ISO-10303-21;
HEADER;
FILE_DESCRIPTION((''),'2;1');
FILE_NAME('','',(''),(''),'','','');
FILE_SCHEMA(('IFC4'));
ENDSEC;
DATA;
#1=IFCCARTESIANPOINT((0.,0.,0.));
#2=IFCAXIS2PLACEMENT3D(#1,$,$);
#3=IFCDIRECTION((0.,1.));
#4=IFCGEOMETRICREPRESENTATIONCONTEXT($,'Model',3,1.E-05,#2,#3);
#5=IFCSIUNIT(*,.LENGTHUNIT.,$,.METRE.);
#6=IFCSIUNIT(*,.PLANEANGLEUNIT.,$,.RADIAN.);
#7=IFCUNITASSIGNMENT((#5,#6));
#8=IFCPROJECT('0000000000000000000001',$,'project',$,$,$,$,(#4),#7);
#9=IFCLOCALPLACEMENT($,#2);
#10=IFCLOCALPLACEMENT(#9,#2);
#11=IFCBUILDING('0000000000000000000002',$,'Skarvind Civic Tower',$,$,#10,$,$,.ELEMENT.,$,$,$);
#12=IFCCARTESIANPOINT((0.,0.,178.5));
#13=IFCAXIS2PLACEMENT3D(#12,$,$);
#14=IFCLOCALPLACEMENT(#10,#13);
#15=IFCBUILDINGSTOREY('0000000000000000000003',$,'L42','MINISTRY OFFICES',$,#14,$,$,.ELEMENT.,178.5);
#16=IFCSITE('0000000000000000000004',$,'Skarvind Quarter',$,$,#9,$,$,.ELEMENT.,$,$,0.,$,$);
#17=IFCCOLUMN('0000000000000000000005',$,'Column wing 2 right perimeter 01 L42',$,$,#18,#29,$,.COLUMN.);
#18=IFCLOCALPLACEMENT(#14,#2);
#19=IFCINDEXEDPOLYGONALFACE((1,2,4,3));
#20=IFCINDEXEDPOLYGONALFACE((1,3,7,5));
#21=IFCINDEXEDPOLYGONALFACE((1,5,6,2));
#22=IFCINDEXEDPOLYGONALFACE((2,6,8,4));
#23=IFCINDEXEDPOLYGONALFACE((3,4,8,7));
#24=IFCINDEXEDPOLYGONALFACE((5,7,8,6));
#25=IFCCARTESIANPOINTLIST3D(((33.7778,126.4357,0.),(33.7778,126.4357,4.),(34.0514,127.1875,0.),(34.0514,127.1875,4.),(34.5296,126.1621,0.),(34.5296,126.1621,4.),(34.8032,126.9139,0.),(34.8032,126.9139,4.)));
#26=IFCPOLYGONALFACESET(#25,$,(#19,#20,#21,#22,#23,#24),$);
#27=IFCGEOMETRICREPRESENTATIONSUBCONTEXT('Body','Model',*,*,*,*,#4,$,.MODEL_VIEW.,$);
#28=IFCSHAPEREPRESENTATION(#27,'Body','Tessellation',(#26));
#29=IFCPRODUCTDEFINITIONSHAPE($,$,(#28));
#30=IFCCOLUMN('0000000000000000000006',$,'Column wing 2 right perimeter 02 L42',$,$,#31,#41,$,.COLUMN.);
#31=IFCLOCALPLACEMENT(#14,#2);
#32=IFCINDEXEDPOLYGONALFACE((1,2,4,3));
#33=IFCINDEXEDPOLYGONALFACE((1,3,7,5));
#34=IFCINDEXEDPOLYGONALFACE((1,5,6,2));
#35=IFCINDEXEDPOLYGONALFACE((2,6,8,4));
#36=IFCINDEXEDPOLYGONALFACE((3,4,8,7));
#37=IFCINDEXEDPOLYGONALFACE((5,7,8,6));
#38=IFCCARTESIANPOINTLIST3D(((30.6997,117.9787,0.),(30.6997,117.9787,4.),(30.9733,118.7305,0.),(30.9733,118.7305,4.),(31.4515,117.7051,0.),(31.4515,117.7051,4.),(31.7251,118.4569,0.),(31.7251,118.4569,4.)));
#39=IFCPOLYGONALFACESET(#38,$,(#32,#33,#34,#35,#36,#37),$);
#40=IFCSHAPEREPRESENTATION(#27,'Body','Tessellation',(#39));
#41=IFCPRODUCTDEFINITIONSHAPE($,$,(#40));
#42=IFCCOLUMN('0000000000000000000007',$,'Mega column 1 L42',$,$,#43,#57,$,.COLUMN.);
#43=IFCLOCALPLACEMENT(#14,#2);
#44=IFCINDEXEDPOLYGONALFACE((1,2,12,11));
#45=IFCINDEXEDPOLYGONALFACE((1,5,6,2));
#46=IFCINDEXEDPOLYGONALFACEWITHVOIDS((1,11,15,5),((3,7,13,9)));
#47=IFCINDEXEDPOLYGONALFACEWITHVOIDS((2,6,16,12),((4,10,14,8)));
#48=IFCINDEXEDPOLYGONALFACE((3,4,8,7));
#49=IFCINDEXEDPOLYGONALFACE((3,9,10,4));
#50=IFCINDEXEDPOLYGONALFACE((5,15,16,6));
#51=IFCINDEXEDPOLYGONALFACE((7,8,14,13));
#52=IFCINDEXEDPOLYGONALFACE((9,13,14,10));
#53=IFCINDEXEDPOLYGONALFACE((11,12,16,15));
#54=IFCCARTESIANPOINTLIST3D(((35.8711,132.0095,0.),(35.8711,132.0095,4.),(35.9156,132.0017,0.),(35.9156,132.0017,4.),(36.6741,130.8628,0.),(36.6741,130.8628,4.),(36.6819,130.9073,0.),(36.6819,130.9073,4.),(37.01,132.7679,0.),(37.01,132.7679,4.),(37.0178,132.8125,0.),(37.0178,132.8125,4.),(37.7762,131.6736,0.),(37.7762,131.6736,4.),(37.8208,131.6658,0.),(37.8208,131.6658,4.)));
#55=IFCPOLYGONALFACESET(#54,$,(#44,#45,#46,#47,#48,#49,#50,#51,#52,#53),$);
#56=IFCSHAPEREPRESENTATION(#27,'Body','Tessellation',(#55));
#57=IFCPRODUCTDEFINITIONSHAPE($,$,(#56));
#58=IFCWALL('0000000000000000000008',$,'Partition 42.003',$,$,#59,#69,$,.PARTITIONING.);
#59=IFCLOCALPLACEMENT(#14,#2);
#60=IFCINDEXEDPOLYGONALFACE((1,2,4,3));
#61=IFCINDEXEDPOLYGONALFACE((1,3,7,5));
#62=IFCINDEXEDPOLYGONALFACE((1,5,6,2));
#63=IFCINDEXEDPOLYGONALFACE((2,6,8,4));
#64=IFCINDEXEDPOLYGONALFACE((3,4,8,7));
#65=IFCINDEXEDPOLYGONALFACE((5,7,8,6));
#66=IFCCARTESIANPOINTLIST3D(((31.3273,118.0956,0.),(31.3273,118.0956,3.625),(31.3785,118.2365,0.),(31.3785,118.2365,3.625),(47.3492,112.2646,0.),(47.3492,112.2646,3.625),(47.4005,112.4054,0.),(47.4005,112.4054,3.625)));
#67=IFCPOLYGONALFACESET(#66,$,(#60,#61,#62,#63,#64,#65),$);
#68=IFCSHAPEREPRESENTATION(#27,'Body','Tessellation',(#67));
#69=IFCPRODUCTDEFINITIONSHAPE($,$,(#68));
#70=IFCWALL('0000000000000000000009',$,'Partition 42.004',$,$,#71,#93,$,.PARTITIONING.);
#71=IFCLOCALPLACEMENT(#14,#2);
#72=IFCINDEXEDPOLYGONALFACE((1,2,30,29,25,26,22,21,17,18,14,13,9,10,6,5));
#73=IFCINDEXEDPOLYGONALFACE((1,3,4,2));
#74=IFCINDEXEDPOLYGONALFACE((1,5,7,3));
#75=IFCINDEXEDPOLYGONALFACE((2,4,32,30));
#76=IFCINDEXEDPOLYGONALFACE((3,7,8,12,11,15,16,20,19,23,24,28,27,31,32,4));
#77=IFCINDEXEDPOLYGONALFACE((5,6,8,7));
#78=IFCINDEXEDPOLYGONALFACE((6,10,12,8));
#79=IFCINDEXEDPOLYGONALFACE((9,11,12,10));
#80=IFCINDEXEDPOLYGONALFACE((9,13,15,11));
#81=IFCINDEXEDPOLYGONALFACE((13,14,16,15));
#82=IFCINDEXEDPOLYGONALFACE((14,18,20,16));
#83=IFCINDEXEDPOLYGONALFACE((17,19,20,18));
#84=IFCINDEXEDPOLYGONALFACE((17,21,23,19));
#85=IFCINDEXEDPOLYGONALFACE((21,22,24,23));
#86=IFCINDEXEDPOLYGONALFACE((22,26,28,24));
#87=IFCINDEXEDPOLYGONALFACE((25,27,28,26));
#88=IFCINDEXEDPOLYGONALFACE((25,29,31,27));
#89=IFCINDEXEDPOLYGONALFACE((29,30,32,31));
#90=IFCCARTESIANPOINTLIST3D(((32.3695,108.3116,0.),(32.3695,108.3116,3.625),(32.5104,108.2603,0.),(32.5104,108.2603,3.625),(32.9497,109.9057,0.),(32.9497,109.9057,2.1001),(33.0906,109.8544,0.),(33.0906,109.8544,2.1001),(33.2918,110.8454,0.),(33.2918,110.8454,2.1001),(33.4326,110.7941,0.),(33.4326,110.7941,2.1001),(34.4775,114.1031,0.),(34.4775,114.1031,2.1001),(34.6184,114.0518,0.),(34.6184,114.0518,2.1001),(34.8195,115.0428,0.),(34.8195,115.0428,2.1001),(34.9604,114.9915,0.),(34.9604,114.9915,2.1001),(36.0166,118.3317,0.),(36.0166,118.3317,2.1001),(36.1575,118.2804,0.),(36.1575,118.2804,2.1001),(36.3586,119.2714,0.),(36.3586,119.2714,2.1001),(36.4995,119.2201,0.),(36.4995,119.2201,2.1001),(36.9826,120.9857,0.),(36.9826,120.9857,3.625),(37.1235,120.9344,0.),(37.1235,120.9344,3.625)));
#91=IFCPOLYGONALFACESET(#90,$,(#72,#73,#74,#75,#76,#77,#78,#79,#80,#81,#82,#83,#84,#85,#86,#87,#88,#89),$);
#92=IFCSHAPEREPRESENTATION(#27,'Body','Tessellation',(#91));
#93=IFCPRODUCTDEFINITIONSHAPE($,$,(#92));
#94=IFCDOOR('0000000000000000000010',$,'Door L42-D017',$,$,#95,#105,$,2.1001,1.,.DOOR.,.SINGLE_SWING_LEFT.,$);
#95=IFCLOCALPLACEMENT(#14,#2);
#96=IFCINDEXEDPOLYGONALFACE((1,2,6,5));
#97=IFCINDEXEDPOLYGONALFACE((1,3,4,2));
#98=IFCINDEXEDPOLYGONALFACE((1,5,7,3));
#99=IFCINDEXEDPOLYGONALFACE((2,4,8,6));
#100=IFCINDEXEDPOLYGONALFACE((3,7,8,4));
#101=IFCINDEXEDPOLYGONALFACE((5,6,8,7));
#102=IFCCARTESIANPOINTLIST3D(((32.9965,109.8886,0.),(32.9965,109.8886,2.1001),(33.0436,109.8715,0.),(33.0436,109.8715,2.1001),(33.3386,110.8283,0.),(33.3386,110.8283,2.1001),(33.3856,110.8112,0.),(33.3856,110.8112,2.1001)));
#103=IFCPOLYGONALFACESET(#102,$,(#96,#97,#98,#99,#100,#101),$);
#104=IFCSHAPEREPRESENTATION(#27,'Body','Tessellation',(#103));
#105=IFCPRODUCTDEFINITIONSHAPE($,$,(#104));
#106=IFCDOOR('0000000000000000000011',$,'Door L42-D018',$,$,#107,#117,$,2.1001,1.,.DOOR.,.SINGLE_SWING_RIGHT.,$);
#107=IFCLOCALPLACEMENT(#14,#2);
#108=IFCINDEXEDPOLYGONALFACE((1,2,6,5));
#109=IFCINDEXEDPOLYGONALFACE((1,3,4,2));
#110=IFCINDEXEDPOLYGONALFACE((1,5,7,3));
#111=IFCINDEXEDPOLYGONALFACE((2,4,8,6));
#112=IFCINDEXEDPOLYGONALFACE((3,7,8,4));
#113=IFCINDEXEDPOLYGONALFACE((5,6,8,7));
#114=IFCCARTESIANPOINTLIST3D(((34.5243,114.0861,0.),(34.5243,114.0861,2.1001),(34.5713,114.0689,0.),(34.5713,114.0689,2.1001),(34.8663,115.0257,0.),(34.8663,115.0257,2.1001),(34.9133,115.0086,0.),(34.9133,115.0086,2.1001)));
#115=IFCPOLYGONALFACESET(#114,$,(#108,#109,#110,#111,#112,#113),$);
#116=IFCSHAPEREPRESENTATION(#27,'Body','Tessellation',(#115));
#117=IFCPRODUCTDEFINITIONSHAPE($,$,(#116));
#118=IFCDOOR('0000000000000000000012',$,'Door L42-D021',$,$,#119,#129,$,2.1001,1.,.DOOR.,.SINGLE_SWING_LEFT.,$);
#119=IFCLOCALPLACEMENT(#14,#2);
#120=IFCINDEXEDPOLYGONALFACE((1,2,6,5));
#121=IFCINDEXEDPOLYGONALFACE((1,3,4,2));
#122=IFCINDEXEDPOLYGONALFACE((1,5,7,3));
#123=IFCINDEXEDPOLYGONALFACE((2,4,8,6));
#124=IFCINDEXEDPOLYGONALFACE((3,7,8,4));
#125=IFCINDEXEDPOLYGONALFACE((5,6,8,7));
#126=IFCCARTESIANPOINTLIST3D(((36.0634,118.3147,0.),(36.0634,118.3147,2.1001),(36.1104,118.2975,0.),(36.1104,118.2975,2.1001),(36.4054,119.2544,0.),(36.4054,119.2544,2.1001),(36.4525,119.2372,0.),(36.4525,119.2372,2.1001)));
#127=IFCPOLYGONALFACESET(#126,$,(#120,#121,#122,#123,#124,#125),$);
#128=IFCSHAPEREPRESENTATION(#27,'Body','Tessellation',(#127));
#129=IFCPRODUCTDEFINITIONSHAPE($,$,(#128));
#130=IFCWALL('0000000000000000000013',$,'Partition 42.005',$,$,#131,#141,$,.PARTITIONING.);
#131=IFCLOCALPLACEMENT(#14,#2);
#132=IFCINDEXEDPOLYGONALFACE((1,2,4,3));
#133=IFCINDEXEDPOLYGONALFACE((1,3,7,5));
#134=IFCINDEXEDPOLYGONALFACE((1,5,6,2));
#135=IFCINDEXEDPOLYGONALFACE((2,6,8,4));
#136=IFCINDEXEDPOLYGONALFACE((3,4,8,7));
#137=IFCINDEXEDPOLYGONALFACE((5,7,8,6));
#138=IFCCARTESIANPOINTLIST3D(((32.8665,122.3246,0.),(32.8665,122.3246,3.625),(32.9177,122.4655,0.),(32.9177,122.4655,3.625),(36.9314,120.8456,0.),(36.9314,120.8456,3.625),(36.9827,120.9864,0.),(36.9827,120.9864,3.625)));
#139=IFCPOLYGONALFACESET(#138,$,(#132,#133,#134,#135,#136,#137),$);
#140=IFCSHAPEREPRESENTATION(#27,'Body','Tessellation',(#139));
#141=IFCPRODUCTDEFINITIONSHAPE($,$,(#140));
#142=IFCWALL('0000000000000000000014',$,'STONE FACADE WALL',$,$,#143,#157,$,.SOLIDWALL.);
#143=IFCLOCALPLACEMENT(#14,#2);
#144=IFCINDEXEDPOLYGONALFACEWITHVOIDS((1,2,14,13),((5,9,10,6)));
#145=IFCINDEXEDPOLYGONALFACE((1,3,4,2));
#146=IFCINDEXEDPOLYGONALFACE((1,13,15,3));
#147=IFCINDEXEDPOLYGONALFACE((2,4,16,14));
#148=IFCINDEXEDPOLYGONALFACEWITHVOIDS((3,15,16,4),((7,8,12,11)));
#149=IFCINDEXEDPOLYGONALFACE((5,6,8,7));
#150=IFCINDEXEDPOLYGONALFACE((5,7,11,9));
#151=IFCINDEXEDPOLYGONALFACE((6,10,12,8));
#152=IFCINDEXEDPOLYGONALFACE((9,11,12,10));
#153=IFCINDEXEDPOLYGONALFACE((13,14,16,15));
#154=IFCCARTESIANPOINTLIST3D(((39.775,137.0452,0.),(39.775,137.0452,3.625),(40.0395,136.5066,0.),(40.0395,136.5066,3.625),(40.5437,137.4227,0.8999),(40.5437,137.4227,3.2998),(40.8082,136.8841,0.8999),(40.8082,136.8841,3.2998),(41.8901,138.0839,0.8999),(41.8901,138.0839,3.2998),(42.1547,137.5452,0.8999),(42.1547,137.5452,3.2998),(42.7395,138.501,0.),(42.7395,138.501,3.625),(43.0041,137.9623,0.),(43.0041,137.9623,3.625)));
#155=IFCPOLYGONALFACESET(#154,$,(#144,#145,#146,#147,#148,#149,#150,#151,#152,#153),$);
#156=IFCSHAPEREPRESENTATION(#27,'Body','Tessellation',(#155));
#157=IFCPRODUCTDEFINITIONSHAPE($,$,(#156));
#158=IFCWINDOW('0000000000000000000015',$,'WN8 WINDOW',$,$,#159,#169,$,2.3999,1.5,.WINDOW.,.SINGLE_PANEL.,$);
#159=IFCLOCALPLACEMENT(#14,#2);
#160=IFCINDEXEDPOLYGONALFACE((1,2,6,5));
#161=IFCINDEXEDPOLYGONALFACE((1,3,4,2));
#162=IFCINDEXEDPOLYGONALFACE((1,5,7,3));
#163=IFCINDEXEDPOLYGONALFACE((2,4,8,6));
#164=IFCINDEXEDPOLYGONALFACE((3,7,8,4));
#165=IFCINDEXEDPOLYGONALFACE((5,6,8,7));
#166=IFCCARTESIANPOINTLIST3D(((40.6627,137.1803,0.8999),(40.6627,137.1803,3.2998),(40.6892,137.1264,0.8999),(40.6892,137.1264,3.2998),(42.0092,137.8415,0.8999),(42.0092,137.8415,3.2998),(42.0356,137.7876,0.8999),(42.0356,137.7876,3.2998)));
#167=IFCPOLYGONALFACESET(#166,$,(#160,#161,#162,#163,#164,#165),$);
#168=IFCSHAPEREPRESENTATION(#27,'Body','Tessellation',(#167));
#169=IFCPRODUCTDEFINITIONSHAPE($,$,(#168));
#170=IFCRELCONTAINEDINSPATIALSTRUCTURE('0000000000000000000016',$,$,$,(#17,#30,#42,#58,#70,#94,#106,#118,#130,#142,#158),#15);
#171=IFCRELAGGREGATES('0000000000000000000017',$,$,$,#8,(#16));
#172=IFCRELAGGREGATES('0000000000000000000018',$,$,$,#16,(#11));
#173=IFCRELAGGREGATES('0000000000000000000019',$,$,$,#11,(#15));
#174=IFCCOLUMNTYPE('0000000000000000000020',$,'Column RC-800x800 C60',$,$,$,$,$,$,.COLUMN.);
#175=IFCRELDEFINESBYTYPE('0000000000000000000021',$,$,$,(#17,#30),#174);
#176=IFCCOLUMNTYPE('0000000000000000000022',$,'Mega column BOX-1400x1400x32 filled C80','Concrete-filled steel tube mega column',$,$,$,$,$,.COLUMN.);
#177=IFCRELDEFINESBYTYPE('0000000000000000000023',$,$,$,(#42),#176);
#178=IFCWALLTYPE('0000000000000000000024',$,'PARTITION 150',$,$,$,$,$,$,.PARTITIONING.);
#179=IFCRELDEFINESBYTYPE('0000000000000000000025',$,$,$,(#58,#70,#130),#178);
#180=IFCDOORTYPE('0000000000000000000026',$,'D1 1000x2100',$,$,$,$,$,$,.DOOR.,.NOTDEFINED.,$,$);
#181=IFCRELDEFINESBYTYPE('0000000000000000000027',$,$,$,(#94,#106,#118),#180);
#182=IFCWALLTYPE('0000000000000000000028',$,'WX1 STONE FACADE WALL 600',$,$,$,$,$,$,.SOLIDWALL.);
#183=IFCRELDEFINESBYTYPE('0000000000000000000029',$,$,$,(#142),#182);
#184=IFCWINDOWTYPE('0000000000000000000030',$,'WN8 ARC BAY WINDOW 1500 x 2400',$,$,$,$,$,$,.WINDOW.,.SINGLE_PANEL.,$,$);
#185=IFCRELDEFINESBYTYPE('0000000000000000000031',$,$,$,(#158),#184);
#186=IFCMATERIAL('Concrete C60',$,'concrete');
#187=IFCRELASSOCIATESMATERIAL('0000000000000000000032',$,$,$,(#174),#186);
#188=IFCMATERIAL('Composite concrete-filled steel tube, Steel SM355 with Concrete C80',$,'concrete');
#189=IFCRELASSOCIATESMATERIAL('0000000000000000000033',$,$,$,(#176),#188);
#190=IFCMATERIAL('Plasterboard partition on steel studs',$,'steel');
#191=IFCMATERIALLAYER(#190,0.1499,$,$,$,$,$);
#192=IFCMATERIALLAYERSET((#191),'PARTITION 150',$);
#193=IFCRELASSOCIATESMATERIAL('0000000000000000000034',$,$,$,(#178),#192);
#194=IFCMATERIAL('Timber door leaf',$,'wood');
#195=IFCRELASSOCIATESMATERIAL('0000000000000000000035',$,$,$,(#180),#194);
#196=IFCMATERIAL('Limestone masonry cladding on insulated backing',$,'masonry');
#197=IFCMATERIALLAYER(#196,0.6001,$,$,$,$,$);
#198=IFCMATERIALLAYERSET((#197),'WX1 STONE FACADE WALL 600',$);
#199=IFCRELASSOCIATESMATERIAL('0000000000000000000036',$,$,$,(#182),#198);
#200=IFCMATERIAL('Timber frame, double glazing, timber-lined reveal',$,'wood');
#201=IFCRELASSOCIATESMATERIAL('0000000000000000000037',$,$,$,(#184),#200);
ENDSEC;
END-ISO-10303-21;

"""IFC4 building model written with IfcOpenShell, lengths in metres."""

from ifc_helpers import new_model, si_unit, direction, frame, frame_2d, origin, origin_2d, place, context, subcontext, project, spatial, rectangle, hollow_rectangle, extrude, material, layer, layer_set, material_profile, profile_set, type_object, element, fill, save


model = new_model("IFC4")

# Units and contexts
model_context = context("Model", 3, precision=1e-05, world=origin(), true_north=direction((0.0, 1.0)))
body_context = subcontext(model_context, "Body", "Model", "MODEL_VIEW")
ifc_project = project(units=[si_unit("LENGTHUNIT", "METRE"), si_unit("PLANEANGLEUNIT", "RADIAN")], contexts=[model_context])

# Site, building, storey
site_placement = place(None, origin())
site = spatial("IfcSite", under=ifc_project, at=site_placement, Name="Skarvind Quarter", CompositionType="ELEMENT", RefElevation=0.0)
building_placement = place(site_placement, origin())
building = spatial("IfcBuilding", under=site, at=building_placement, Name="Skarvind Civic Tower", CompositionType="ELEMENT")
storey_placement = place(building_placement, frame((0.0, 0.0, 178.5)))
storey = spatial("IfcBuildingStorey", under=building, at=storey_placement, Name="L42", Description="MINISTRY OFFICES", CompositionType="ELEMENT", Elevation=178.5)

# Columns
ifc_material_1 = material(Name="Concrete C60", Category="concrete")
ifc_material_profile_1 = material_profile(ifc_material_1, rectangle(XDim=0.8, YDim=0.8, at=origin_2d()), Name="RC-800x800")
ifc_profile_set_1 = profile_set([ifc_material_profile_1], Name="Concrete C60")
column_type_1 = type_object("IfcColumnType", Name="Column RC-800x800 C60", PredefinedType="COLUMN", material=ifc_profile_set_1)
for number, where, z_axis, x_axis, name in (
    (1, (34.2905, 126.6748, 0.0), (0.0, 0.0, 1.0), (-0.34202, -0.939693, 0.0), "Column wing 2 right perimeter 01 L42"),
    (2, (31.2124, 118.2178, 0.0), (0.0, 0.0, 1.0), (-0.34202, -0.939693, 0.0), "Column wing 2 right perimeter 02 L42"),
):
    element("IfcColumn", number, at=place(storey_placement, frame(where, z_axis=z_axis, x_axis=x_axis)), inside=storey, type_object=column_type_1, Name=name, PredefinedType="COLUMN", context=body_context, shape_type="SweptSolid", body=[
        extrude(rectangle(XDim=0.8, YDim=0.8, at=origin_2d()), origin(), (0.0, 0.0, 1.0), 4.0),
    ])
ifc_material_2 = material(Name="Composite concrete-filled steel tube, Steel SM355 with Concrete C80", Category="concrete")
ifc_material_profile_2 = material_profile(ifc_material_2, hollow_rectangle(XDim=1.3999, YDim=1.3999, WallThickness=0.032, at=origin_2d()), Name="BOX-1400x1400x32")
ifc_profile_set_2 = profile_set([ifc_material_profile_2], Name="Composite concrete-filled steel tube, Steel SM355 with Concrete C80")
column_type_2 = type_object("IfcColumnType", Name="Mega column BOX-1400x1400x32 filled C80", Description="Concrete-filled steel tube mega column", PredefinedType="COLUMN", material=ifc_profile_set_2)
column_placement = place(storey_placement, frame((36.8459, 131.8376, 0.0), z_axis=(0.0, 0.0, 1.0), x_axis=(0.573576, -0.819152, 0.0)))
element("IfcColumn", 3, at=column_placement, inside=storey, type_object=column_type_2, Name="Mega column 1 L42", PredefinedType="COLUMN", context=body_context, shape_type="SweptSolid", body=[
    extrude(hollow_rectangle(XDim=1.3999, YDim=1.3999, WallThickness=0.032, at=origin_2d()), origin(), (0.0, 0.0, 1.0), 4.0),
])

# Wall
ifc_material_3 = material(Name="Plasterboard partition on steel studs", Category="steel")
ifc_layer_1 = layer(ifc_material_3, 0.1499)
ifc_layer_set_1 = layer_set([ifc_layer_1], Name="PARTITION 150")
wall_type_1 = type_object("IfcWallType", Name="PARTITION 150", PredefinedType="PARTITIONING", material=ifc_layer_set_1)
wall_1_placement = place(storey_placement, frame((31.353, 118.166, 0.0), z_axis=(0.0, 0.0, 1.0), x_axis=(0.939701, -0.341996, 0.0)))
element("IfcWall", 4, at=wall_1_placement, inside=storey, type_object=wall_type_1, Name="Partition 42.003", PredefinedType="PARTITIONING", context=body_context, shape_type="SweptSolid", body=[
    extrude(rectangle(XDim=17.05, YDim=0.1499, at=frame_2d((8.5249, 0.0))), origin(), (0.0, 0.0, 1.0), 3.625),
])

# Wall, openings, doors
wall_2_placement = place(storey_placement, frame((37.053, 120.96, 0.0), z_axis=(0.0, 0.0, 1.0), x_axis=(-0.342024, -0.939691, 0.0)))
wall_2 = element("IfcWall", 5, at=wall_2_placement, inside=storey, type_object=wall_type_1, Name="Partition 42.004", PredefinedType="PARTITIONING", context=body_context, shape_type="SweptSolid", body=[
    extrude(rectangle(XDim=13.4875, YDim=0.1499, at=frame_2d((6.7437, 0.0))), origin(), (0.0, 0.0, 1.0), 3.625),
])
opening_1_placement = place(wall_2_placement, frame((10.791, 0.0, 0.0)))
opening_1 = element("IfcOpeningElement", 6, at=opening_1_placement, cuts=wall_2, PredefinedType="OPENING", context=body_context, shape_type="SweptSolid", body=[
    extrude(rectangle(XDim=1.0, YDim=2.1001, at=frame_2d((0.5, 1.05))), frame((0.0, 0.085, 0.0), z_axis=(0.0, -1.0, 0.0), x_axis=(1.0, 0.0, 0.0)), (0.0, 0.0, 1.0), 0.1699),
])
opening_2_placement = place(wall_2_placement, frame((6.3242, 0.0, 0.0)))
opening_2 = element("IfcOpeningElement", 7, at=opening_2_placement, cuts=wall_2, PredefinedType="OPENING", context=body_context, shape_type="SweptSolid", body=[
    extrude(rectangle(XDim=1.0, YDim=2.1001, at=frame_2d((0.5, 1.05))), frame((0.0, 0.085, 0.0), z_axis=(0.0, -1.0, 0.0), x_axis=(1.0, 0.0, 0.0)), (0.0, 0.0, 1.0), 0.1699),
])
opening_3_placement = place(wall_2_placement, frame((1.8242, 0.0, 0.0)))
opening_3 = element("IfcOpeningElement", 8, at=opening_3_placement, cuts=wall_2, PredefinedType="OPENING", context=body_context, shape_type="SweptSolid", body=[
    extrude(rectangle(XDim=1.0, YDim=2.1001, at=frame_2d((0.5, 1.05))), frame((0.0, 0.085, 0.0), z_axis=(0.0, -1.0, 0.0), x_axis=(1.0, 0.0, 0.0)), (0.0, 0.0, 1.0), 0.1699),
])
ifc_material_4 = material(Name="Timber door leaf", Category="wood")
door_type = type_object("IfcDoorType", Name="D1 1000x2100", OperationType="NOTDEFINED", PredefinedType="DOOR", material=ifc_material_4)
door_1_placement = place(opening_1_placement, origin())
door_1 = element("IfcDoor", 9, at=door_1_placement, inside=storey, type_object=door_type, Name="Door L42-D017", OperationType="SINGLE_SWING_LEFT", OverallHeight=2.1001, OverallWidth=1.0, PredefinedType="DOOR", context=body_context, shape_type="SweptSolid", body=[
    extrude(rectangle(XDim=1.0, YDim=2.1001, at=frame_2d((0.5, 1.05))), frame((0.0, 0.0249, 0.0), z_axis=(0.0, -1.0, 0.0), x_axis=(1.0, 0.0, 0.0)), (0.0, 0.0, 1.0), 0.05),
])
fill(opening_1, door_1)
door_2_placement = place(opening_2_placement, origin())
door_2 = element("IfcDoor", 10, at=door_2_placement, inside=storey, type_object=door_type, Name="Door L42-D018", OperationType="SINGLE_SWING_RIGHT", OverallHeight=2.1001, OverallWidth=1.0, PredefinedType="DOOR", context=body_context, shape_type="SweptSolid", body=[
    extrude(rectangle(XDim=1.0, YDim=2.1001, at=frame_2d((0.5, 1.05))), frame((0.0, 0.0249, 0.0), z_axis=(0.0, -1.0, 0.0), x_axis=(1.0, 0.0, 0.0)), (0.0, 0.0, 1.0), 0.05),
])
fill(opening_2, door_2)
door_3_placement = place(opening_3_placement, origin())
door_3 = element("IfcDoor", 11, at=door_3_placement, inside=storey, type_object=door_type, Name="Door L42-D021", OperationType="SINGLE_SWING_LEFT", OverallHeight=2.1001, OverallWidth=1.0, PredefinedType="DOOR", context=body_context, shape_type="SweptSolid", body=[
    extrude(rectangle(XDim=1.0, YDim=2.1001, at=frame_2d((0.5, 1.05))), frame((0.0, 0.0249, 0.0), z_axis=(0.0, -1.0, 0.0), x_axis=(1.0, 0.0, 0.0)), (0.0, 0.0, 1.0), 0.05),
])
fill(opening_3, door_3)

# Wall
wall_3_placement = place(storey_placement, frame((32.8921, 122.395, 0.0), z_axis=(0.0, 0.0, 1.0), x_axis=(0.939731, -0.341915, 0.0)))
element("IfcWall", 12, at=wall_3_placement, inside=storey, type_object=wall_type_1, Name="Partition 42.005", PredefinedType="PARTITIONING", context=body_context, shape_type="SweptSolid", body=[
    extrude(rectangle(XDim=4.3257, YDim=0.1499, at=frame_2d((2.1628, 0.0))), origin(), (0.0, 0.0, 1.0), 3.625),
])

# Wall, opening, window
ifc_material_5 = material(Name="Limestone masonry cladding on insulated backing", Category="masonry")
ifc_layer_2 = layer(ifc_material_5, 0.6001)
ifc_layer_set_2 = layer_set([ifc_layer_2], Name="WX1 STONE FACADE WALL 600")
wall_type_2 = type_object("IfcWallType", Name="WX1 STONE FACADE WALL 600", PredefinedType="SOLIDWALL", material=ifc_layer_set_2)
wall_4_placement = place(storey_placement, frame((39.9072, 136.7759, 0.0), z_axis=(0.0, 0.0, 1.0), x_axis=(0.897612, 0.440786, 0.0)))
wall_4 = element("IfcWall", 13, at=wall_4_placement, inside=storey, type_object=wall_type_2, Name="STONE FACADE WALL", PredefinedType="SOLIDWALL", context=body_context, shape_type="SweptSolid", body=[
    extrude(rectangle(XDim=3.3027, YDim=0.6001, at=frame_2d((1.6514, 0.0))), origin(), (0.0, 0.0, 1.0), 3.625),
])
opening_4_placement = place(wall_4_placement, frame((0.8564, 0.0, 0.8999)))
opening_4 = element("IfcOpeningElement", 14, at=opening_4_placement, cuts=wall_4, PredefinedType="OPENING", context=body_context, shape_type="SweptSolid", body=[
    extrude(rectangle(XDim=1.5, YDim=2.3999, at=frame_2d((0.75, 1.2))), frame((0.0, 0.3101, 0.0), z_axis=(0.0, -1.0, 0.0), x_axis=(1.0, 0.0, 0.0)), (0.0, 0.0, 1.0), 0.6201),
])
ifc_material_6 = material(Name="Timber frame, double glazing, timber-lined reveal", Category="wood")
window_type = type_object("IfcWindowType", Name="WN8 ARC BAY WINDOW 1500 x 2400", PartitioningType="SINGLE_PANEL", PredefinedType="WINDOW", material=ifc_material_6)
window_1_placement = place(opening_4_placement, origin())
window_1 = element("IfcWindow", 15, at=window_1_placement, inside=storey, type_object=window_type, Name="WN8 WINDOW", OverallHeight=2.3999, OverallWidth=1.5, PartitioningType="SINGLE_PANEL", PredefinedType="WINDOW", context=body_context, shape_type="SweptSolid", body=[
    extrude(rectangle(XDim=1.5, YDim=2.3999, at=frame_2d((0.75, 1.2))), frame((0.0, 0.03, 0.0), z_axis=(0.0, -1.0, 0.0), x_axis=(1.0, 0.0, 0.0)), (0.0, 0.0, 1.0), 0.0601),
])
fill(opening_4, window_1)

save(model, "model.ifc")
